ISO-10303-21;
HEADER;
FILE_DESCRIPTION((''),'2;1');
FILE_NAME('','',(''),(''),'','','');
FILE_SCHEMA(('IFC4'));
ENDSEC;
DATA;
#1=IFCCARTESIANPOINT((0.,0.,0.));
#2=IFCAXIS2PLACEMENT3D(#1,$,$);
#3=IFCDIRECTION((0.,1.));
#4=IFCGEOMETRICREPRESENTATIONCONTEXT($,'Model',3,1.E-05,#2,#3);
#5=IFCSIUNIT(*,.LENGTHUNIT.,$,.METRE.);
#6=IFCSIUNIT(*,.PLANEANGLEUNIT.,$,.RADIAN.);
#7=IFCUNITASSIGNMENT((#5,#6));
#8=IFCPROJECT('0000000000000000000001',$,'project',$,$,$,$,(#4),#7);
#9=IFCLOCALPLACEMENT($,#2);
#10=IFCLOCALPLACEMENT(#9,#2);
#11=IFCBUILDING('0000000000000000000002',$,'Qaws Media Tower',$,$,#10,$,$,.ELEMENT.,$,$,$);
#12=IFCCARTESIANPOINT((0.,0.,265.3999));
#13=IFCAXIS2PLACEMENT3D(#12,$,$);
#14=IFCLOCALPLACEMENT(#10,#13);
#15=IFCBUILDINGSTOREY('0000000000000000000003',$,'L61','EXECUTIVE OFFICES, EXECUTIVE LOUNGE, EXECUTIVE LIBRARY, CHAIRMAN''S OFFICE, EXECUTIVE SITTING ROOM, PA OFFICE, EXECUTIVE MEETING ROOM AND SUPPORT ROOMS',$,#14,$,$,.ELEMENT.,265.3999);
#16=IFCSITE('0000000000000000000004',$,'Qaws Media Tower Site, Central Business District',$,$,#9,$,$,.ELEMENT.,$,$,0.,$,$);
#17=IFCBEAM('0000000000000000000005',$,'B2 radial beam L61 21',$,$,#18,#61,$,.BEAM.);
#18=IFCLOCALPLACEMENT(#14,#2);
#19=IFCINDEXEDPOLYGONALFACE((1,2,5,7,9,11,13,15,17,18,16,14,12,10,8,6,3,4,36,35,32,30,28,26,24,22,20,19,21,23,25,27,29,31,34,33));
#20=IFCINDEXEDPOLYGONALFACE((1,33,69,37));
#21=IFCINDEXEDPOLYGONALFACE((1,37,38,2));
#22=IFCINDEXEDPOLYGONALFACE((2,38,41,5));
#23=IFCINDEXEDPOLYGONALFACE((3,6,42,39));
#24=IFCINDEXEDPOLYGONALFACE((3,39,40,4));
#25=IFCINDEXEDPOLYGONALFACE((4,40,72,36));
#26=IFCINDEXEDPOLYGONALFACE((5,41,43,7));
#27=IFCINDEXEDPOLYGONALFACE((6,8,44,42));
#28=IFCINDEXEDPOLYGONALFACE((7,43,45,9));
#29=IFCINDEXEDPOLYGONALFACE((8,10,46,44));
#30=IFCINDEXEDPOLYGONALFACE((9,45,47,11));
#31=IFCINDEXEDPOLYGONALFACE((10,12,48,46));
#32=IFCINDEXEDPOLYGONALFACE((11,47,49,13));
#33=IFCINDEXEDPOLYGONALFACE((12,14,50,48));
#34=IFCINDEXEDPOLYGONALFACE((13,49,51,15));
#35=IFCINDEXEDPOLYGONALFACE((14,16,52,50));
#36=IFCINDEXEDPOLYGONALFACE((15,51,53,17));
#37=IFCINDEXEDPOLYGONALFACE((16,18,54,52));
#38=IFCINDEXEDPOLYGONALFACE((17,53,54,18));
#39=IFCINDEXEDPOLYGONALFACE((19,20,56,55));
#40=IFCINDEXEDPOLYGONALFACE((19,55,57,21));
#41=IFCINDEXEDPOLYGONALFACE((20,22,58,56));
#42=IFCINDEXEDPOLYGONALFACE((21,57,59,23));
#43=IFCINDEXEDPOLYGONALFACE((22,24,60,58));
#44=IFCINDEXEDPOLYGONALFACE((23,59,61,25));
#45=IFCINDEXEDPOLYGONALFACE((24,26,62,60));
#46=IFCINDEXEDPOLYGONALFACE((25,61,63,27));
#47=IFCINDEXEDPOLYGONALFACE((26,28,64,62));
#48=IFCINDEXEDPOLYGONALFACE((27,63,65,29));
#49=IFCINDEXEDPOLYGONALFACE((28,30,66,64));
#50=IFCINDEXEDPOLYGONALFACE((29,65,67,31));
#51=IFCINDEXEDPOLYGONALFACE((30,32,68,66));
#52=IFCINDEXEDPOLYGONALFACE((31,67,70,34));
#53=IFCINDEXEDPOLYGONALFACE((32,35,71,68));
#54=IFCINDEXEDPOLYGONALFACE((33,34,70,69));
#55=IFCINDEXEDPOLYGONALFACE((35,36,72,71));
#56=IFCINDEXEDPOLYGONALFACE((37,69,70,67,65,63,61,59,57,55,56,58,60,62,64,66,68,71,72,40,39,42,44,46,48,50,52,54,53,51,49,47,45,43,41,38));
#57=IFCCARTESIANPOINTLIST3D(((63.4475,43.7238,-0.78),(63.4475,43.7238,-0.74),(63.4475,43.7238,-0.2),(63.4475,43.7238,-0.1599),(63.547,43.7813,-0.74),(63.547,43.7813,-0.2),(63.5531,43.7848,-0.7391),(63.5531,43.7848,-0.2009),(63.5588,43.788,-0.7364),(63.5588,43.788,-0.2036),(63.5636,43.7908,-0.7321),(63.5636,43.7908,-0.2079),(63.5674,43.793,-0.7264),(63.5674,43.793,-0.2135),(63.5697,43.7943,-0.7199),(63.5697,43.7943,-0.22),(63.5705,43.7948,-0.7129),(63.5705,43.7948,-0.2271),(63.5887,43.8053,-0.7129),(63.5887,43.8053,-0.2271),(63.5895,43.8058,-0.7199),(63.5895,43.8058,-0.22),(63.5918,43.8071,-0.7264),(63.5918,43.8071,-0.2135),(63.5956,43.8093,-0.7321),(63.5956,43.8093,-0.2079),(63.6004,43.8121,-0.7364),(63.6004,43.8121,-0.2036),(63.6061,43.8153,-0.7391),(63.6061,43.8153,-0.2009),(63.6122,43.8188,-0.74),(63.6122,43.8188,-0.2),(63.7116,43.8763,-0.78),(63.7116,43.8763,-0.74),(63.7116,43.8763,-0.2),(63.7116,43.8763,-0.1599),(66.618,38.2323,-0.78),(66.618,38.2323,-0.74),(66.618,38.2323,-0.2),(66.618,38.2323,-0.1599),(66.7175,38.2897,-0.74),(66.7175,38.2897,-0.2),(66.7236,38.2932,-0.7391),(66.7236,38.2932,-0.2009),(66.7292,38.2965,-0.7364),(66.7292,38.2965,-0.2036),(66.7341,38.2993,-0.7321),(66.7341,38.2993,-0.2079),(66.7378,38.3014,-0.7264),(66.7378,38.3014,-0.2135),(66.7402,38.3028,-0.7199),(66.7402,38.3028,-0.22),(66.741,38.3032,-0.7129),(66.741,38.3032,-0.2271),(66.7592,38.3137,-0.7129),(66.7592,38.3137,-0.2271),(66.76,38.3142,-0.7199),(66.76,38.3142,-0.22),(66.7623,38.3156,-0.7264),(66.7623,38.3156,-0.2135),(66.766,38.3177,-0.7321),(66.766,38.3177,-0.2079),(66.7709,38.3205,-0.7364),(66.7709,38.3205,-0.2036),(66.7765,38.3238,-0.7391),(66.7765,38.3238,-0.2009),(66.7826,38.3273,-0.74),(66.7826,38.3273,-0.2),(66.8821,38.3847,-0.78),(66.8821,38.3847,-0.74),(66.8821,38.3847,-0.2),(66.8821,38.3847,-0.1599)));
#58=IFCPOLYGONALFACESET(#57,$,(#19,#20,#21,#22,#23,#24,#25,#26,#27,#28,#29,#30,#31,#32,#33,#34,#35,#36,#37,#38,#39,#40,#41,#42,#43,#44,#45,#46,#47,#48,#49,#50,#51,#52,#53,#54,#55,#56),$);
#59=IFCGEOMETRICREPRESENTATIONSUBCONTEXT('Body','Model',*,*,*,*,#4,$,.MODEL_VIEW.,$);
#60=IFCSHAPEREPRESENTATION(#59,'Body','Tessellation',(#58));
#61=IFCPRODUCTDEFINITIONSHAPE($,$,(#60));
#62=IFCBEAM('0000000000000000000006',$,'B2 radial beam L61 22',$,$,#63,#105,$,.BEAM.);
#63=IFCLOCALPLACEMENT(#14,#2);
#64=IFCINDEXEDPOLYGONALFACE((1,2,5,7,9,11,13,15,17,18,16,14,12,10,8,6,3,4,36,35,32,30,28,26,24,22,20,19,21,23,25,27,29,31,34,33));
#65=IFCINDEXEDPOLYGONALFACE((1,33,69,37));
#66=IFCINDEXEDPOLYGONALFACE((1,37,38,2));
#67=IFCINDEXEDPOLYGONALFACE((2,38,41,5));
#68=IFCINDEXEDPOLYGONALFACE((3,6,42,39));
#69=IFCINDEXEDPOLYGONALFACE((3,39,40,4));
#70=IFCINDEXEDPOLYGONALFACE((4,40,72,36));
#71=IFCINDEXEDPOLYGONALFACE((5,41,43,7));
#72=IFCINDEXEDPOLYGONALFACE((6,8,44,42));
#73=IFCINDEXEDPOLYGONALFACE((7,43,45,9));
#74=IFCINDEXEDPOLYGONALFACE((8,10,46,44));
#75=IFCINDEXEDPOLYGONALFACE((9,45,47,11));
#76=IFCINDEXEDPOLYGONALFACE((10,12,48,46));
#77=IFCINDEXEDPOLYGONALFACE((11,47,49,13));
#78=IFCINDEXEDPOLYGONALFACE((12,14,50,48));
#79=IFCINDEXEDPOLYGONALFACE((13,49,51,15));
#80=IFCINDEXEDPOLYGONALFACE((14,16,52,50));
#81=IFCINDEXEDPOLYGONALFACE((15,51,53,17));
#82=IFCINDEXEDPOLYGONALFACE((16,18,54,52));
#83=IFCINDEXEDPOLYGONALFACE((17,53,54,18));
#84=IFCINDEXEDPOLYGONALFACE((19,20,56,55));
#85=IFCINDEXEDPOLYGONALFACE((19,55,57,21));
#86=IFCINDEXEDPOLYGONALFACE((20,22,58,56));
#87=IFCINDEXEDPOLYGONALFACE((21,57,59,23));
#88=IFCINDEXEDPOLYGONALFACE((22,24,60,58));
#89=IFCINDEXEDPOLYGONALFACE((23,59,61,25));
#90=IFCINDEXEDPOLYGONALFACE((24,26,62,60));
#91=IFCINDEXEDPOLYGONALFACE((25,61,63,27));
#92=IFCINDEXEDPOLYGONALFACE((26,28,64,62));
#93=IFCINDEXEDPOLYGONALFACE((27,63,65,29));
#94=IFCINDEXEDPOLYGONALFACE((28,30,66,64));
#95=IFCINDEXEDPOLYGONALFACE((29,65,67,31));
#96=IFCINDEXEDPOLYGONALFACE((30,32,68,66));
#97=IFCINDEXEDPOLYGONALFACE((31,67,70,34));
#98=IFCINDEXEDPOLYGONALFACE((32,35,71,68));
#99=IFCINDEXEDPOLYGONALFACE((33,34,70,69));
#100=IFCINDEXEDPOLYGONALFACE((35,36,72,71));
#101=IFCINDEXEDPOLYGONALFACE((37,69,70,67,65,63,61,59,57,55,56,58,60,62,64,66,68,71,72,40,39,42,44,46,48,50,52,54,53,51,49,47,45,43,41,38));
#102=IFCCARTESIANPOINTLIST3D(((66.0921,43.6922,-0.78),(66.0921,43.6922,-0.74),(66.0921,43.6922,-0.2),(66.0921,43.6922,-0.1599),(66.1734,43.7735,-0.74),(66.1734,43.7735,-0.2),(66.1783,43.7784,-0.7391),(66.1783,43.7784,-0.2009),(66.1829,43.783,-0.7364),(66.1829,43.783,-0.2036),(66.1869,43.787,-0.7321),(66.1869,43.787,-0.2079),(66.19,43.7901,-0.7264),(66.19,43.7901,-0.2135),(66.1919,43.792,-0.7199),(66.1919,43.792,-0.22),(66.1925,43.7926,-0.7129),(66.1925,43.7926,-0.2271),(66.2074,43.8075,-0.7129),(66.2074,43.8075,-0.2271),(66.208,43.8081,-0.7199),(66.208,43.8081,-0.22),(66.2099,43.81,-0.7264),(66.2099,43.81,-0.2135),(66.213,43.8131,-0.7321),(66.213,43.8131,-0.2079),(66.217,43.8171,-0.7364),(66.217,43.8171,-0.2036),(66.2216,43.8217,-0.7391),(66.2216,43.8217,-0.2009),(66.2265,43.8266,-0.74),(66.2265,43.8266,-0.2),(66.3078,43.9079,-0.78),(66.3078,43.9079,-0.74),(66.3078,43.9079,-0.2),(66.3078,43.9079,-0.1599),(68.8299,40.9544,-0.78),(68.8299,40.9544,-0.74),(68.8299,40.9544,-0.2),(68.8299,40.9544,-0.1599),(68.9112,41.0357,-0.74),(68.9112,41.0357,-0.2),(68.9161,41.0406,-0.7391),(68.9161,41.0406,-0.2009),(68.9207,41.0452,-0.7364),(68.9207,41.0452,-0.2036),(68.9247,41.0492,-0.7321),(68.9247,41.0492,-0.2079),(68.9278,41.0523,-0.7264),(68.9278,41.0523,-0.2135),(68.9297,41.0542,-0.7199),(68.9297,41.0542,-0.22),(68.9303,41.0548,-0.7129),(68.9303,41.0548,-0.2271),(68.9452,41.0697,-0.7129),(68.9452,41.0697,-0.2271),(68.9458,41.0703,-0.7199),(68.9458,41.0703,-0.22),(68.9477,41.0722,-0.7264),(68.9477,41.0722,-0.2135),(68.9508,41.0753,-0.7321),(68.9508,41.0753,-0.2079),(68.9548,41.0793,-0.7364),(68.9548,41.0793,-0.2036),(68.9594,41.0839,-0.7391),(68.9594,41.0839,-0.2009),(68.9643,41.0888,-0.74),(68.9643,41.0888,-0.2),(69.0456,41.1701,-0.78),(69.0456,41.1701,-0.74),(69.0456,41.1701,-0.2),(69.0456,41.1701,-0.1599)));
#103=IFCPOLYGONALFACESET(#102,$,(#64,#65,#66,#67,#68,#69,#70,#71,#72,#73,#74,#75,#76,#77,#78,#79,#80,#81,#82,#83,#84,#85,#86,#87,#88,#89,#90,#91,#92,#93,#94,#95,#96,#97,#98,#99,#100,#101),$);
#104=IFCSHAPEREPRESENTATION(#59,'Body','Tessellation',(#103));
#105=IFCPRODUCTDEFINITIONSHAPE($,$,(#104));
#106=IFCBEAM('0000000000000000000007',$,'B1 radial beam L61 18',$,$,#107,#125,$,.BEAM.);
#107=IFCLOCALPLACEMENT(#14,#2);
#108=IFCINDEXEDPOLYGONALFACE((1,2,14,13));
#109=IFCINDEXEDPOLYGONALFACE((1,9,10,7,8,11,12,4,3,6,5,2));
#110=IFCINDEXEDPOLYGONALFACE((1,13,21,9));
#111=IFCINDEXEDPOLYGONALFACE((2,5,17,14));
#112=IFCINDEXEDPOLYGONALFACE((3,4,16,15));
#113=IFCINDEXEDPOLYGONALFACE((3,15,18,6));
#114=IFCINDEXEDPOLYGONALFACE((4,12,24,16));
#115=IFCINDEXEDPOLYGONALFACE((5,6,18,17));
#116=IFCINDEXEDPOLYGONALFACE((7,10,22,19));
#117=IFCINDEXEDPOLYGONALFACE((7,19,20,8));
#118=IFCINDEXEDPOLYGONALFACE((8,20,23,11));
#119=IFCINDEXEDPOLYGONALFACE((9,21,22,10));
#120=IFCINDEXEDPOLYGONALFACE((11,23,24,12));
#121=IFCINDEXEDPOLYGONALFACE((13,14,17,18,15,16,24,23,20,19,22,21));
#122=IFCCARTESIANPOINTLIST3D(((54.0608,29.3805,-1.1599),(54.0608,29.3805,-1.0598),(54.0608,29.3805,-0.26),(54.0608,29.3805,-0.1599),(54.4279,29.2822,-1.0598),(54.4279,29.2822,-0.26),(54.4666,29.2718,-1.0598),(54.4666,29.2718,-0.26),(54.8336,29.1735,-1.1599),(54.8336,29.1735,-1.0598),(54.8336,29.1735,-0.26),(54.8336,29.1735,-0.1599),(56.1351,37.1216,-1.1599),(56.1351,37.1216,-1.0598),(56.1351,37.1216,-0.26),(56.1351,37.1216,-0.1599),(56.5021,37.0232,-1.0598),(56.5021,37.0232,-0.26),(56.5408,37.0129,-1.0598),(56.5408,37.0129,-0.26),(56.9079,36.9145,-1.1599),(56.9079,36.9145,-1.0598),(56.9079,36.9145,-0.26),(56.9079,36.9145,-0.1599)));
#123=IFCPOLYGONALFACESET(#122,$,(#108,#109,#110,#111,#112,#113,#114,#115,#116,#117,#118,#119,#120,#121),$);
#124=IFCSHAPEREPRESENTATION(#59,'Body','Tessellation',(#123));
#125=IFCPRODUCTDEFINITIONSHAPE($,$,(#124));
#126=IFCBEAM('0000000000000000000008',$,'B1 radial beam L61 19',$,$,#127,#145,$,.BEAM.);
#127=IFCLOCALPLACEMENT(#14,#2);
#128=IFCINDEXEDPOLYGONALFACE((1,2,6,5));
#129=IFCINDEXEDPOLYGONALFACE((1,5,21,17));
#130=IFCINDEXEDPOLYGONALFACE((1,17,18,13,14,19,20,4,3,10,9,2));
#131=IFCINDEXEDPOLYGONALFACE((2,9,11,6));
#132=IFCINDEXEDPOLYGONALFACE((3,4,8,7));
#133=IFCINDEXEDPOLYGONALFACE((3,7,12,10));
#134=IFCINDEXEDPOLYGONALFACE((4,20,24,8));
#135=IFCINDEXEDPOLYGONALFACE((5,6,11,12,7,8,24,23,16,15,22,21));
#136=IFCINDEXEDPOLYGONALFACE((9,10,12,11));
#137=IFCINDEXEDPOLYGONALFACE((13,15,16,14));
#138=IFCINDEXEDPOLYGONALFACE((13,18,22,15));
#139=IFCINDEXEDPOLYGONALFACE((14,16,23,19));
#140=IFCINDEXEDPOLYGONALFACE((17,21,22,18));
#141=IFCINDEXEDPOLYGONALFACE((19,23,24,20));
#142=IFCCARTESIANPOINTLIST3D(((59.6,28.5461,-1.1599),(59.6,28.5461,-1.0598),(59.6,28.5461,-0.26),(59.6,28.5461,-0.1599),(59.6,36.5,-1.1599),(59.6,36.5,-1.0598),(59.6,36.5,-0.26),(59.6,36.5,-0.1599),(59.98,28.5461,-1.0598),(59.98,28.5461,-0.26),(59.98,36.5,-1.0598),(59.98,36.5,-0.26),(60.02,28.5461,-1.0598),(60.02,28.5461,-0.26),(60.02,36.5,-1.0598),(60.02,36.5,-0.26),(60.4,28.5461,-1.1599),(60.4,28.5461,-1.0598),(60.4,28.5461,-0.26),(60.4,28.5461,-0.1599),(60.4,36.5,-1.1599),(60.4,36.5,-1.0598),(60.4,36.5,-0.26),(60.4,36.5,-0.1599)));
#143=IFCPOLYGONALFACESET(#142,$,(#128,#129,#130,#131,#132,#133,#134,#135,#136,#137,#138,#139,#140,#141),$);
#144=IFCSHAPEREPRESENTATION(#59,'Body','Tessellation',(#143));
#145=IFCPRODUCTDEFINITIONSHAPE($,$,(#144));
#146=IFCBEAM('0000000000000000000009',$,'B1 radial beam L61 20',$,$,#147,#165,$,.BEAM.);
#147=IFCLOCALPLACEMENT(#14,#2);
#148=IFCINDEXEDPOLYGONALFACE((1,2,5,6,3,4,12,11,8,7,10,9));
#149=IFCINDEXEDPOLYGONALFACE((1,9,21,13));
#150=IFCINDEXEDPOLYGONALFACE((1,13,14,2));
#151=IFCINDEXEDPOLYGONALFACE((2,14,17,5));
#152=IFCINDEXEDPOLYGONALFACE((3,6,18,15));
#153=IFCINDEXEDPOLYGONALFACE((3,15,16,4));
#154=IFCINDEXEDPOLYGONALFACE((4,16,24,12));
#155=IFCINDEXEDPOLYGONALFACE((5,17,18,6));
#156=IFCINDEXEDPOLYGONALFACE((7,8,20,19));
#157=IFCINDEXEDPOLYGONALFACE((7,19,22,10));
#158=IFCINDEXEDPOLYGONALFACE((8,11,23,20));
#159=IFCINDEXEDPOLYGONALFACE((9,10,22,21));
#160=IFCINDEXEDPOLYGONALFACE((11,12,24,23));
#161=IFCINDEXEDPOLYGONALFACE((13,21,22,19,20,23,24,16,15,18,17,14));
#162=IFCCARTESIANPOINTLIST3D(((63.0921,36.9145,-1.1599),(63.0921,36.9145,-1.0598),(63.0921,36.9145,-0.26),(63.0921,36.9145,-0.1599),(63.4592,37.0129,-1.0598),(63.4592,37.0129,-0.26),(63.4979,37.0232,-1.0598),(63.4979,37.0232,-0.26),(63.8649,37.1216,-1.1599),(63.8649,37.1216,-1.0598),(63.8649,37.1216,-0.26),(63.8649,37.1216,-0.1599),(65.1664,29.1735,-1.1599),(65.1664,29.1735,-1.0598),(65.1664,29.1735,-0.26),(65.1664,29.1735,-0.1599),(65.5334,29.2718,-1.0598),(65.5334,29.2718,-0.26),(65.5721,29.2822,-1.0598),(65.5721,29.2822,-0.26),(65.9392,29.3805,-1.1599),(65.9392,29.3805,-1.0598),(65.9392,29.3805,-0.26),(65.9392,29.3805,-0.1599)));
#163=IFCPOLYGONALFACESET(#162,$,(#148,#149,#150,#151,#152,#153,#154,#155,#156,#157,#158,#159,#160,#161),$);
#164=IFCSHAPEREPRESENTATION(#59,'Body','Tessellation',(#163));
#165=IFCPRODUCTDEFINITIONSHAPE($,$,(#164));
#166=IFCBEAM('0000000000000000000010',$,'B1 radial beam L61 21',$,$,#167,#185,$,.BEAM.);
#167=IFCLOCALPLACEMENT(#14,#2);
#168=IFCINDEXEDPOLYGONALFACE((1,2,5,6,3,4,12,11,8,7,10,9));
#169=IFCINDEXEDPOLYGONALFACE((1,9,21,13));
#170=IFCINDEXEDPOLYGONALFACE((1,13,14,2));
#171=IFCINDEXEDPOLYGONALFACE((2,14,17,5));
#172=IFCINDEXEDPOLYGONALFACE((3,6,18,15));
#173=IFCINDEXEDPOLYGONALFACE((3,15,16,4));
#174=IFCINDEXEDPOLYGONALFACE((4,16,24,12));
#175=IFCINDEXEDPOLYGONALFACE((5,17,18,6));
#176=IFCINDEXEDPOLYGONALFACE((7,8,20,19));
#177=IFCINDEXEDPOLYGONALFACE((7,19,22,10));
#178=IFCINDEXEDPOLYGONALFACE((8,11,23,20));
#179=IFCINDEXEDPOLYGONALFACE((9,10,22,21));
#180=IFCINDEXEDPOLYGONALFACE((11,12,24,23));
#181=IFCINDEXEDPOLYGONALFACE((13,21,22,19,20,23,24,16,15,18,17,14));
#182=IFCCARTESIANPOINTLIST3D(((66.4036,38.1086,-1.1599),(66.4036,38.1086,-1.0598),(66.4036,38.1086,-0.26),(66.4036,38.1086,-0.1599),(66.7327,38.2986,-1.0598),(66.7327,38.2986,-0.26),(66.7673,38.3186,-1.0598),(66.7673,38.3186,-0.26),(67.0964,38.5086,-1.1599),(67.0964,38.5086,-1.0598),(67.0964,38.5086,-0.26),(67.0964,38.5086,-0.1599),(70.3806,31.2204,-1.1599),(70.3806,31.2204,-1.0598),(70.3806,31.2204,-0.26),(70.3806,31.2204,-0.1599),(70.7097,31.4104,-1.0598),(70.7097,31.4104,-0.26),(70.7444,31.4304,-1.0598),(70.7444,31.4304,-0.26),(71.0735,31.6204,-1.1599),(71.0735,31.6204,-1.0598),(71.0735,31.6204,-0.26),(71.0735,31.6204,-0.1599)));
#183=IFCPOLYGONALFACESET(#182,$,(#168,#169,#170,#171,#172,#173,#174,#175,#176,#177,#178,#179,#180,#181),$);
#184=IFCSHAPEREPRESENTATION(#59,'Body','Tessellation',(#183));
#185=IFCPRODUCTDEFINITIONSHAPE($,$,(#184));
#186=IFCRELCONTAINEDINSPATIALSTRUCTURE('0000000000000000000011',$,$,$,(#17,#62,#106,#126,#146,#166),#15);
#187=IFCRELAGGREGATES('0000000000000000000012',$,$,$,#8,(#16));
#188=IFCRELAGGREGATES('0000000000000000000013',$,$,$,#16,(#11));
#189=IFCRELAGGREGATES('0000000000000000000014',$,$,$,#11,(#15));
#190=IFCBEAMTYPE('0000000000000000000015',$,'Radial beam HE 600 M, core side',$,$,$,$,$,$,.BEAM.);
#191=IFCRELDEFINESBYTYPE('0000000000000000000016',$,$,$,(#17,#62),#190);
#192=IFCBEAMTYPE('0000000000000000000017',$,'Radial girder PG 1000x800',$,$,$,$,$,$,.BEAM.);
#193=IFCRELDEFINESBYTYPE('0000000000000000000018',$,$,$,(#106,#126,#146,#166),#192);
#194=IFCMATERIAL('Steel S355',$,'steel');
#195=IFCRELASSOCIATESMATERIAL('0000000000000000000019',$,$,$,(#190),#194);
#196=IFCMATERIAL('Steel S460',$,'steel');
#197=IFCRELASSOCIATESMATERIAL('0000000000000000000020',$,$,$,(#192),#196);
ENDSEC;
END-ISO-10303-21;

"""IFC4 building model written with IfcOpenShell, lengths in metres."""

from ifc_helpers import new_model, si_unit, direction, frame, origin, origin_2d, place, context, subcontext, project, spatial, i_section, extrude, material, material_profile, profile_set, type_object, element, save


model = new_model("IFC4")

# Units and contexts
model_context = context("Model", 3, precision=1e-05, world=origin(), true_north=direction((0.0, 1.0)))
body_context = subcontext(model_context, "Body", "Model", "MODEL_VIEW")
ifc_project = project(units=[si_unit("LENGTHUNIT", "METRE"), si_unit("PLANEANGLEUNIT", "RADIAN")], contexts=[model_context])

# Site, building, storey
site_placement = place(None, origin())
site = spatial("IfcSite", under=ifc_project, at=site_placement, Name="Qaws Media Tower Site, Central Business District", CompositionType="ELEMENT", RefElevation=0.0)
building_placement = place(site_placement, origin())
building = spatial("IfcBuilding", under=site, at=building_placement, Name="Qaws Media Tower", CompositionType="ELEMENT")
storey_placement = place(building_placement, frame((0.0, 0.0, 265.3999)))
storey = spatial("IfcBuildingStorey", under=building, at=storey_placement, Name="L61", Description="EXECUTIVE OFFICES, EXECUTIVE LOUNGE, EXECUTIVE LIBRARY, CHAIRMAN'S OFFICE, EXECUTIVE SITTING ROOM, PA OFFICE, EXECUTIVE MEETING ROOM AND SUPPORT ROOMS", CompositionType="ELEMENT", Elevation=265.3999)

# Beams
ifc_material_1 = material(Name="Steel S355", Category="steel")
ifc_material_profile_1 = material_profile(ifc_material_1, i_section(OverallWidth=0.3049, OverallDepth=0.6201, WebThickness=0.021, FlangeThickness=0.04, FilletRadius=0.0271, at=origin_2d()), Name="HE 600 M")
ifc_profile_set_1 = profile_set([ifc_material_profile_1], Name="Steel S355")
beam_type_1 = type_object("IfcBeamType", Name="Radial beam HE 600 M, core side", PredefinedType="BEAM", material=ifc_profile_set_1)
beam_1_placement = place(storey_placement, frame((63.5796, 43.8, -0.47), z_axis=(0.49999, -0.866031, 0.0), x_axis=(0.866031, 0.49999, 0.0)))
element("IfcBeam", 1, at=beam_1_placement, inside=storey, type_object=beam_type_1, Name="B2 radial beam L61 21", PredefinedType="BEAM", context=body_context, shape_type="SweptSolid", body=[
    extrude(i_section(OverallWidth=0.3049, OverallDepth=0.6201, WebThickness=0.021, FlangeThickness=0.04, FilletRadius=0.0271, at=origin_2d()), origin(), (0.0, 0.0, 1.0), 6.3411),
])
beam_2_placement = place(storey_placement, frame((66.2, 43.8, -0.47), z_axis=(0.707107, -0.707107, 0.0), x_axis=(0.707107, 0.707107, 0.0)))
element("IfcBeam", 2, at=beam_2_placement, inside=storey, type_object=beam_type_1, Name="B2 radial beam L61 22", PredefinedType="BEAM", context=body_context, shape_type="SweptSolid", body=[
    extrude(i_section(OverallWidth=0.3049, OverallDepth=0.6201, WebThickness=0.021, FlangeThickness=0.04, FilletRadius=0.0271, at=origin_2d()), origin(), (0.0, 0.0, 1.0), 3.8718),
])
ifc_material_2 = material(Name="Steel S460", Category="steel")
ifc_material_profile_2 = material_profile(ifc_material_2, i_section(OverallWidth=0.8, OverallDepth=1.0, WebThickness=0.04, FlangeThickness=0.1001, at=origin_2d()), Name="PG 1000x800")
ifc_profile_set_2 = profile_set([ifc_material_profile_2], Name="Steel S460")
beam_type_2 = type_object("IfcBeamType", Name="Radial girder PG 1000x800", PredefinedType="BEAM", material=ifc_profile_set_2)
beam_3_placement = place(storey_placement, frame((56.5215, 37.0181, -0.6599), z_axis=(-0.258823, -0.965925, 0.0), x_axis=(0.965925, -0.258823, 0.0)))
element("IfcBeam", 3, at=beam_3_placement, inside=storey, type_object=beam_type_2, Name="B1 radial beam L61 18", PredefinedType="BEAM", context=body_context, shape_type="SweptSolid", body=[
    extrude(i_section(OverallWidth=0.8, OverallDepth=1.0, WebThickness=0.04, FlangeThickness=0.1001, at=origin_2d()), origin(), (0.0, 0.0, 1.0), 8.0142),
])
beam_4_placement = place(storey_placement, frame((60.0, 36.5, -0.6599), z_axis=(0.0, -1.0, 0.0), x_axis=(1.0, 0.0, 0.0)))
element("IfcBeam", 4, at=beam_4_placement, inside=storey, type_object=beam_type_2, Name="B1 radial beam L61 19", PredefinedType="BEAM", context=body_context, shape_type="SweptSolid", body=[
    extrude(i_section(OverallWidth=0.8, OverallDepth=1.0, WebThickness=0.04, FlangeThickness=0.1001, at=origin_2d()), origin(), (0.0, 0.0, 1.0), 7.9539),
])
beam_5_placement = place(storey_placement, frame((63.4785, 37.0181, -0.6599), z_axis=(0.258823, -0.965925, 0.0), x_axis=(0.965925, 0.258823, 0.0)))
element("IfcBeam", 5, at=beam_5_placement, inside=storey, type_object=beam_type_2, Name="B1 radial beam L61 20", PredefinedType="BEAM", context=body_context, shape_type="SweptSolid", body=[
    extrude(i_section(OverallWidth=0.8, OverallDepth=1.0, WebThickness=0.04, FlangeThickness=0.1001, at=origin_2d()), origin(), (0.0, 0.0, 1.0), 8.0142),
])
beam_6_placement = place(storey_placement, frame((66.75, 38.3086, -0.6599), z_axis=(0.500015, -0.866017, 0.0), x_axis=(0.866017, 0.500015, 0.0)))
element("IfcBeam", 6, at=beam_6_placement, inside=storey, type_object=beam_type_2, Name="B1 radial beam L61 21", PredefinedType="BEAM", context=body_context, shape_type="SweptSolid", body=[
    extrude(i_section(OverallWidth=0.8, OverallDepth=1.0, WebThickness=0.04, FlangeThickness=0.1001, at=origin_2d()), origin(), (0.0, 0.0, 1.0), 7.9539),
])

save(model, "model.ifc")
